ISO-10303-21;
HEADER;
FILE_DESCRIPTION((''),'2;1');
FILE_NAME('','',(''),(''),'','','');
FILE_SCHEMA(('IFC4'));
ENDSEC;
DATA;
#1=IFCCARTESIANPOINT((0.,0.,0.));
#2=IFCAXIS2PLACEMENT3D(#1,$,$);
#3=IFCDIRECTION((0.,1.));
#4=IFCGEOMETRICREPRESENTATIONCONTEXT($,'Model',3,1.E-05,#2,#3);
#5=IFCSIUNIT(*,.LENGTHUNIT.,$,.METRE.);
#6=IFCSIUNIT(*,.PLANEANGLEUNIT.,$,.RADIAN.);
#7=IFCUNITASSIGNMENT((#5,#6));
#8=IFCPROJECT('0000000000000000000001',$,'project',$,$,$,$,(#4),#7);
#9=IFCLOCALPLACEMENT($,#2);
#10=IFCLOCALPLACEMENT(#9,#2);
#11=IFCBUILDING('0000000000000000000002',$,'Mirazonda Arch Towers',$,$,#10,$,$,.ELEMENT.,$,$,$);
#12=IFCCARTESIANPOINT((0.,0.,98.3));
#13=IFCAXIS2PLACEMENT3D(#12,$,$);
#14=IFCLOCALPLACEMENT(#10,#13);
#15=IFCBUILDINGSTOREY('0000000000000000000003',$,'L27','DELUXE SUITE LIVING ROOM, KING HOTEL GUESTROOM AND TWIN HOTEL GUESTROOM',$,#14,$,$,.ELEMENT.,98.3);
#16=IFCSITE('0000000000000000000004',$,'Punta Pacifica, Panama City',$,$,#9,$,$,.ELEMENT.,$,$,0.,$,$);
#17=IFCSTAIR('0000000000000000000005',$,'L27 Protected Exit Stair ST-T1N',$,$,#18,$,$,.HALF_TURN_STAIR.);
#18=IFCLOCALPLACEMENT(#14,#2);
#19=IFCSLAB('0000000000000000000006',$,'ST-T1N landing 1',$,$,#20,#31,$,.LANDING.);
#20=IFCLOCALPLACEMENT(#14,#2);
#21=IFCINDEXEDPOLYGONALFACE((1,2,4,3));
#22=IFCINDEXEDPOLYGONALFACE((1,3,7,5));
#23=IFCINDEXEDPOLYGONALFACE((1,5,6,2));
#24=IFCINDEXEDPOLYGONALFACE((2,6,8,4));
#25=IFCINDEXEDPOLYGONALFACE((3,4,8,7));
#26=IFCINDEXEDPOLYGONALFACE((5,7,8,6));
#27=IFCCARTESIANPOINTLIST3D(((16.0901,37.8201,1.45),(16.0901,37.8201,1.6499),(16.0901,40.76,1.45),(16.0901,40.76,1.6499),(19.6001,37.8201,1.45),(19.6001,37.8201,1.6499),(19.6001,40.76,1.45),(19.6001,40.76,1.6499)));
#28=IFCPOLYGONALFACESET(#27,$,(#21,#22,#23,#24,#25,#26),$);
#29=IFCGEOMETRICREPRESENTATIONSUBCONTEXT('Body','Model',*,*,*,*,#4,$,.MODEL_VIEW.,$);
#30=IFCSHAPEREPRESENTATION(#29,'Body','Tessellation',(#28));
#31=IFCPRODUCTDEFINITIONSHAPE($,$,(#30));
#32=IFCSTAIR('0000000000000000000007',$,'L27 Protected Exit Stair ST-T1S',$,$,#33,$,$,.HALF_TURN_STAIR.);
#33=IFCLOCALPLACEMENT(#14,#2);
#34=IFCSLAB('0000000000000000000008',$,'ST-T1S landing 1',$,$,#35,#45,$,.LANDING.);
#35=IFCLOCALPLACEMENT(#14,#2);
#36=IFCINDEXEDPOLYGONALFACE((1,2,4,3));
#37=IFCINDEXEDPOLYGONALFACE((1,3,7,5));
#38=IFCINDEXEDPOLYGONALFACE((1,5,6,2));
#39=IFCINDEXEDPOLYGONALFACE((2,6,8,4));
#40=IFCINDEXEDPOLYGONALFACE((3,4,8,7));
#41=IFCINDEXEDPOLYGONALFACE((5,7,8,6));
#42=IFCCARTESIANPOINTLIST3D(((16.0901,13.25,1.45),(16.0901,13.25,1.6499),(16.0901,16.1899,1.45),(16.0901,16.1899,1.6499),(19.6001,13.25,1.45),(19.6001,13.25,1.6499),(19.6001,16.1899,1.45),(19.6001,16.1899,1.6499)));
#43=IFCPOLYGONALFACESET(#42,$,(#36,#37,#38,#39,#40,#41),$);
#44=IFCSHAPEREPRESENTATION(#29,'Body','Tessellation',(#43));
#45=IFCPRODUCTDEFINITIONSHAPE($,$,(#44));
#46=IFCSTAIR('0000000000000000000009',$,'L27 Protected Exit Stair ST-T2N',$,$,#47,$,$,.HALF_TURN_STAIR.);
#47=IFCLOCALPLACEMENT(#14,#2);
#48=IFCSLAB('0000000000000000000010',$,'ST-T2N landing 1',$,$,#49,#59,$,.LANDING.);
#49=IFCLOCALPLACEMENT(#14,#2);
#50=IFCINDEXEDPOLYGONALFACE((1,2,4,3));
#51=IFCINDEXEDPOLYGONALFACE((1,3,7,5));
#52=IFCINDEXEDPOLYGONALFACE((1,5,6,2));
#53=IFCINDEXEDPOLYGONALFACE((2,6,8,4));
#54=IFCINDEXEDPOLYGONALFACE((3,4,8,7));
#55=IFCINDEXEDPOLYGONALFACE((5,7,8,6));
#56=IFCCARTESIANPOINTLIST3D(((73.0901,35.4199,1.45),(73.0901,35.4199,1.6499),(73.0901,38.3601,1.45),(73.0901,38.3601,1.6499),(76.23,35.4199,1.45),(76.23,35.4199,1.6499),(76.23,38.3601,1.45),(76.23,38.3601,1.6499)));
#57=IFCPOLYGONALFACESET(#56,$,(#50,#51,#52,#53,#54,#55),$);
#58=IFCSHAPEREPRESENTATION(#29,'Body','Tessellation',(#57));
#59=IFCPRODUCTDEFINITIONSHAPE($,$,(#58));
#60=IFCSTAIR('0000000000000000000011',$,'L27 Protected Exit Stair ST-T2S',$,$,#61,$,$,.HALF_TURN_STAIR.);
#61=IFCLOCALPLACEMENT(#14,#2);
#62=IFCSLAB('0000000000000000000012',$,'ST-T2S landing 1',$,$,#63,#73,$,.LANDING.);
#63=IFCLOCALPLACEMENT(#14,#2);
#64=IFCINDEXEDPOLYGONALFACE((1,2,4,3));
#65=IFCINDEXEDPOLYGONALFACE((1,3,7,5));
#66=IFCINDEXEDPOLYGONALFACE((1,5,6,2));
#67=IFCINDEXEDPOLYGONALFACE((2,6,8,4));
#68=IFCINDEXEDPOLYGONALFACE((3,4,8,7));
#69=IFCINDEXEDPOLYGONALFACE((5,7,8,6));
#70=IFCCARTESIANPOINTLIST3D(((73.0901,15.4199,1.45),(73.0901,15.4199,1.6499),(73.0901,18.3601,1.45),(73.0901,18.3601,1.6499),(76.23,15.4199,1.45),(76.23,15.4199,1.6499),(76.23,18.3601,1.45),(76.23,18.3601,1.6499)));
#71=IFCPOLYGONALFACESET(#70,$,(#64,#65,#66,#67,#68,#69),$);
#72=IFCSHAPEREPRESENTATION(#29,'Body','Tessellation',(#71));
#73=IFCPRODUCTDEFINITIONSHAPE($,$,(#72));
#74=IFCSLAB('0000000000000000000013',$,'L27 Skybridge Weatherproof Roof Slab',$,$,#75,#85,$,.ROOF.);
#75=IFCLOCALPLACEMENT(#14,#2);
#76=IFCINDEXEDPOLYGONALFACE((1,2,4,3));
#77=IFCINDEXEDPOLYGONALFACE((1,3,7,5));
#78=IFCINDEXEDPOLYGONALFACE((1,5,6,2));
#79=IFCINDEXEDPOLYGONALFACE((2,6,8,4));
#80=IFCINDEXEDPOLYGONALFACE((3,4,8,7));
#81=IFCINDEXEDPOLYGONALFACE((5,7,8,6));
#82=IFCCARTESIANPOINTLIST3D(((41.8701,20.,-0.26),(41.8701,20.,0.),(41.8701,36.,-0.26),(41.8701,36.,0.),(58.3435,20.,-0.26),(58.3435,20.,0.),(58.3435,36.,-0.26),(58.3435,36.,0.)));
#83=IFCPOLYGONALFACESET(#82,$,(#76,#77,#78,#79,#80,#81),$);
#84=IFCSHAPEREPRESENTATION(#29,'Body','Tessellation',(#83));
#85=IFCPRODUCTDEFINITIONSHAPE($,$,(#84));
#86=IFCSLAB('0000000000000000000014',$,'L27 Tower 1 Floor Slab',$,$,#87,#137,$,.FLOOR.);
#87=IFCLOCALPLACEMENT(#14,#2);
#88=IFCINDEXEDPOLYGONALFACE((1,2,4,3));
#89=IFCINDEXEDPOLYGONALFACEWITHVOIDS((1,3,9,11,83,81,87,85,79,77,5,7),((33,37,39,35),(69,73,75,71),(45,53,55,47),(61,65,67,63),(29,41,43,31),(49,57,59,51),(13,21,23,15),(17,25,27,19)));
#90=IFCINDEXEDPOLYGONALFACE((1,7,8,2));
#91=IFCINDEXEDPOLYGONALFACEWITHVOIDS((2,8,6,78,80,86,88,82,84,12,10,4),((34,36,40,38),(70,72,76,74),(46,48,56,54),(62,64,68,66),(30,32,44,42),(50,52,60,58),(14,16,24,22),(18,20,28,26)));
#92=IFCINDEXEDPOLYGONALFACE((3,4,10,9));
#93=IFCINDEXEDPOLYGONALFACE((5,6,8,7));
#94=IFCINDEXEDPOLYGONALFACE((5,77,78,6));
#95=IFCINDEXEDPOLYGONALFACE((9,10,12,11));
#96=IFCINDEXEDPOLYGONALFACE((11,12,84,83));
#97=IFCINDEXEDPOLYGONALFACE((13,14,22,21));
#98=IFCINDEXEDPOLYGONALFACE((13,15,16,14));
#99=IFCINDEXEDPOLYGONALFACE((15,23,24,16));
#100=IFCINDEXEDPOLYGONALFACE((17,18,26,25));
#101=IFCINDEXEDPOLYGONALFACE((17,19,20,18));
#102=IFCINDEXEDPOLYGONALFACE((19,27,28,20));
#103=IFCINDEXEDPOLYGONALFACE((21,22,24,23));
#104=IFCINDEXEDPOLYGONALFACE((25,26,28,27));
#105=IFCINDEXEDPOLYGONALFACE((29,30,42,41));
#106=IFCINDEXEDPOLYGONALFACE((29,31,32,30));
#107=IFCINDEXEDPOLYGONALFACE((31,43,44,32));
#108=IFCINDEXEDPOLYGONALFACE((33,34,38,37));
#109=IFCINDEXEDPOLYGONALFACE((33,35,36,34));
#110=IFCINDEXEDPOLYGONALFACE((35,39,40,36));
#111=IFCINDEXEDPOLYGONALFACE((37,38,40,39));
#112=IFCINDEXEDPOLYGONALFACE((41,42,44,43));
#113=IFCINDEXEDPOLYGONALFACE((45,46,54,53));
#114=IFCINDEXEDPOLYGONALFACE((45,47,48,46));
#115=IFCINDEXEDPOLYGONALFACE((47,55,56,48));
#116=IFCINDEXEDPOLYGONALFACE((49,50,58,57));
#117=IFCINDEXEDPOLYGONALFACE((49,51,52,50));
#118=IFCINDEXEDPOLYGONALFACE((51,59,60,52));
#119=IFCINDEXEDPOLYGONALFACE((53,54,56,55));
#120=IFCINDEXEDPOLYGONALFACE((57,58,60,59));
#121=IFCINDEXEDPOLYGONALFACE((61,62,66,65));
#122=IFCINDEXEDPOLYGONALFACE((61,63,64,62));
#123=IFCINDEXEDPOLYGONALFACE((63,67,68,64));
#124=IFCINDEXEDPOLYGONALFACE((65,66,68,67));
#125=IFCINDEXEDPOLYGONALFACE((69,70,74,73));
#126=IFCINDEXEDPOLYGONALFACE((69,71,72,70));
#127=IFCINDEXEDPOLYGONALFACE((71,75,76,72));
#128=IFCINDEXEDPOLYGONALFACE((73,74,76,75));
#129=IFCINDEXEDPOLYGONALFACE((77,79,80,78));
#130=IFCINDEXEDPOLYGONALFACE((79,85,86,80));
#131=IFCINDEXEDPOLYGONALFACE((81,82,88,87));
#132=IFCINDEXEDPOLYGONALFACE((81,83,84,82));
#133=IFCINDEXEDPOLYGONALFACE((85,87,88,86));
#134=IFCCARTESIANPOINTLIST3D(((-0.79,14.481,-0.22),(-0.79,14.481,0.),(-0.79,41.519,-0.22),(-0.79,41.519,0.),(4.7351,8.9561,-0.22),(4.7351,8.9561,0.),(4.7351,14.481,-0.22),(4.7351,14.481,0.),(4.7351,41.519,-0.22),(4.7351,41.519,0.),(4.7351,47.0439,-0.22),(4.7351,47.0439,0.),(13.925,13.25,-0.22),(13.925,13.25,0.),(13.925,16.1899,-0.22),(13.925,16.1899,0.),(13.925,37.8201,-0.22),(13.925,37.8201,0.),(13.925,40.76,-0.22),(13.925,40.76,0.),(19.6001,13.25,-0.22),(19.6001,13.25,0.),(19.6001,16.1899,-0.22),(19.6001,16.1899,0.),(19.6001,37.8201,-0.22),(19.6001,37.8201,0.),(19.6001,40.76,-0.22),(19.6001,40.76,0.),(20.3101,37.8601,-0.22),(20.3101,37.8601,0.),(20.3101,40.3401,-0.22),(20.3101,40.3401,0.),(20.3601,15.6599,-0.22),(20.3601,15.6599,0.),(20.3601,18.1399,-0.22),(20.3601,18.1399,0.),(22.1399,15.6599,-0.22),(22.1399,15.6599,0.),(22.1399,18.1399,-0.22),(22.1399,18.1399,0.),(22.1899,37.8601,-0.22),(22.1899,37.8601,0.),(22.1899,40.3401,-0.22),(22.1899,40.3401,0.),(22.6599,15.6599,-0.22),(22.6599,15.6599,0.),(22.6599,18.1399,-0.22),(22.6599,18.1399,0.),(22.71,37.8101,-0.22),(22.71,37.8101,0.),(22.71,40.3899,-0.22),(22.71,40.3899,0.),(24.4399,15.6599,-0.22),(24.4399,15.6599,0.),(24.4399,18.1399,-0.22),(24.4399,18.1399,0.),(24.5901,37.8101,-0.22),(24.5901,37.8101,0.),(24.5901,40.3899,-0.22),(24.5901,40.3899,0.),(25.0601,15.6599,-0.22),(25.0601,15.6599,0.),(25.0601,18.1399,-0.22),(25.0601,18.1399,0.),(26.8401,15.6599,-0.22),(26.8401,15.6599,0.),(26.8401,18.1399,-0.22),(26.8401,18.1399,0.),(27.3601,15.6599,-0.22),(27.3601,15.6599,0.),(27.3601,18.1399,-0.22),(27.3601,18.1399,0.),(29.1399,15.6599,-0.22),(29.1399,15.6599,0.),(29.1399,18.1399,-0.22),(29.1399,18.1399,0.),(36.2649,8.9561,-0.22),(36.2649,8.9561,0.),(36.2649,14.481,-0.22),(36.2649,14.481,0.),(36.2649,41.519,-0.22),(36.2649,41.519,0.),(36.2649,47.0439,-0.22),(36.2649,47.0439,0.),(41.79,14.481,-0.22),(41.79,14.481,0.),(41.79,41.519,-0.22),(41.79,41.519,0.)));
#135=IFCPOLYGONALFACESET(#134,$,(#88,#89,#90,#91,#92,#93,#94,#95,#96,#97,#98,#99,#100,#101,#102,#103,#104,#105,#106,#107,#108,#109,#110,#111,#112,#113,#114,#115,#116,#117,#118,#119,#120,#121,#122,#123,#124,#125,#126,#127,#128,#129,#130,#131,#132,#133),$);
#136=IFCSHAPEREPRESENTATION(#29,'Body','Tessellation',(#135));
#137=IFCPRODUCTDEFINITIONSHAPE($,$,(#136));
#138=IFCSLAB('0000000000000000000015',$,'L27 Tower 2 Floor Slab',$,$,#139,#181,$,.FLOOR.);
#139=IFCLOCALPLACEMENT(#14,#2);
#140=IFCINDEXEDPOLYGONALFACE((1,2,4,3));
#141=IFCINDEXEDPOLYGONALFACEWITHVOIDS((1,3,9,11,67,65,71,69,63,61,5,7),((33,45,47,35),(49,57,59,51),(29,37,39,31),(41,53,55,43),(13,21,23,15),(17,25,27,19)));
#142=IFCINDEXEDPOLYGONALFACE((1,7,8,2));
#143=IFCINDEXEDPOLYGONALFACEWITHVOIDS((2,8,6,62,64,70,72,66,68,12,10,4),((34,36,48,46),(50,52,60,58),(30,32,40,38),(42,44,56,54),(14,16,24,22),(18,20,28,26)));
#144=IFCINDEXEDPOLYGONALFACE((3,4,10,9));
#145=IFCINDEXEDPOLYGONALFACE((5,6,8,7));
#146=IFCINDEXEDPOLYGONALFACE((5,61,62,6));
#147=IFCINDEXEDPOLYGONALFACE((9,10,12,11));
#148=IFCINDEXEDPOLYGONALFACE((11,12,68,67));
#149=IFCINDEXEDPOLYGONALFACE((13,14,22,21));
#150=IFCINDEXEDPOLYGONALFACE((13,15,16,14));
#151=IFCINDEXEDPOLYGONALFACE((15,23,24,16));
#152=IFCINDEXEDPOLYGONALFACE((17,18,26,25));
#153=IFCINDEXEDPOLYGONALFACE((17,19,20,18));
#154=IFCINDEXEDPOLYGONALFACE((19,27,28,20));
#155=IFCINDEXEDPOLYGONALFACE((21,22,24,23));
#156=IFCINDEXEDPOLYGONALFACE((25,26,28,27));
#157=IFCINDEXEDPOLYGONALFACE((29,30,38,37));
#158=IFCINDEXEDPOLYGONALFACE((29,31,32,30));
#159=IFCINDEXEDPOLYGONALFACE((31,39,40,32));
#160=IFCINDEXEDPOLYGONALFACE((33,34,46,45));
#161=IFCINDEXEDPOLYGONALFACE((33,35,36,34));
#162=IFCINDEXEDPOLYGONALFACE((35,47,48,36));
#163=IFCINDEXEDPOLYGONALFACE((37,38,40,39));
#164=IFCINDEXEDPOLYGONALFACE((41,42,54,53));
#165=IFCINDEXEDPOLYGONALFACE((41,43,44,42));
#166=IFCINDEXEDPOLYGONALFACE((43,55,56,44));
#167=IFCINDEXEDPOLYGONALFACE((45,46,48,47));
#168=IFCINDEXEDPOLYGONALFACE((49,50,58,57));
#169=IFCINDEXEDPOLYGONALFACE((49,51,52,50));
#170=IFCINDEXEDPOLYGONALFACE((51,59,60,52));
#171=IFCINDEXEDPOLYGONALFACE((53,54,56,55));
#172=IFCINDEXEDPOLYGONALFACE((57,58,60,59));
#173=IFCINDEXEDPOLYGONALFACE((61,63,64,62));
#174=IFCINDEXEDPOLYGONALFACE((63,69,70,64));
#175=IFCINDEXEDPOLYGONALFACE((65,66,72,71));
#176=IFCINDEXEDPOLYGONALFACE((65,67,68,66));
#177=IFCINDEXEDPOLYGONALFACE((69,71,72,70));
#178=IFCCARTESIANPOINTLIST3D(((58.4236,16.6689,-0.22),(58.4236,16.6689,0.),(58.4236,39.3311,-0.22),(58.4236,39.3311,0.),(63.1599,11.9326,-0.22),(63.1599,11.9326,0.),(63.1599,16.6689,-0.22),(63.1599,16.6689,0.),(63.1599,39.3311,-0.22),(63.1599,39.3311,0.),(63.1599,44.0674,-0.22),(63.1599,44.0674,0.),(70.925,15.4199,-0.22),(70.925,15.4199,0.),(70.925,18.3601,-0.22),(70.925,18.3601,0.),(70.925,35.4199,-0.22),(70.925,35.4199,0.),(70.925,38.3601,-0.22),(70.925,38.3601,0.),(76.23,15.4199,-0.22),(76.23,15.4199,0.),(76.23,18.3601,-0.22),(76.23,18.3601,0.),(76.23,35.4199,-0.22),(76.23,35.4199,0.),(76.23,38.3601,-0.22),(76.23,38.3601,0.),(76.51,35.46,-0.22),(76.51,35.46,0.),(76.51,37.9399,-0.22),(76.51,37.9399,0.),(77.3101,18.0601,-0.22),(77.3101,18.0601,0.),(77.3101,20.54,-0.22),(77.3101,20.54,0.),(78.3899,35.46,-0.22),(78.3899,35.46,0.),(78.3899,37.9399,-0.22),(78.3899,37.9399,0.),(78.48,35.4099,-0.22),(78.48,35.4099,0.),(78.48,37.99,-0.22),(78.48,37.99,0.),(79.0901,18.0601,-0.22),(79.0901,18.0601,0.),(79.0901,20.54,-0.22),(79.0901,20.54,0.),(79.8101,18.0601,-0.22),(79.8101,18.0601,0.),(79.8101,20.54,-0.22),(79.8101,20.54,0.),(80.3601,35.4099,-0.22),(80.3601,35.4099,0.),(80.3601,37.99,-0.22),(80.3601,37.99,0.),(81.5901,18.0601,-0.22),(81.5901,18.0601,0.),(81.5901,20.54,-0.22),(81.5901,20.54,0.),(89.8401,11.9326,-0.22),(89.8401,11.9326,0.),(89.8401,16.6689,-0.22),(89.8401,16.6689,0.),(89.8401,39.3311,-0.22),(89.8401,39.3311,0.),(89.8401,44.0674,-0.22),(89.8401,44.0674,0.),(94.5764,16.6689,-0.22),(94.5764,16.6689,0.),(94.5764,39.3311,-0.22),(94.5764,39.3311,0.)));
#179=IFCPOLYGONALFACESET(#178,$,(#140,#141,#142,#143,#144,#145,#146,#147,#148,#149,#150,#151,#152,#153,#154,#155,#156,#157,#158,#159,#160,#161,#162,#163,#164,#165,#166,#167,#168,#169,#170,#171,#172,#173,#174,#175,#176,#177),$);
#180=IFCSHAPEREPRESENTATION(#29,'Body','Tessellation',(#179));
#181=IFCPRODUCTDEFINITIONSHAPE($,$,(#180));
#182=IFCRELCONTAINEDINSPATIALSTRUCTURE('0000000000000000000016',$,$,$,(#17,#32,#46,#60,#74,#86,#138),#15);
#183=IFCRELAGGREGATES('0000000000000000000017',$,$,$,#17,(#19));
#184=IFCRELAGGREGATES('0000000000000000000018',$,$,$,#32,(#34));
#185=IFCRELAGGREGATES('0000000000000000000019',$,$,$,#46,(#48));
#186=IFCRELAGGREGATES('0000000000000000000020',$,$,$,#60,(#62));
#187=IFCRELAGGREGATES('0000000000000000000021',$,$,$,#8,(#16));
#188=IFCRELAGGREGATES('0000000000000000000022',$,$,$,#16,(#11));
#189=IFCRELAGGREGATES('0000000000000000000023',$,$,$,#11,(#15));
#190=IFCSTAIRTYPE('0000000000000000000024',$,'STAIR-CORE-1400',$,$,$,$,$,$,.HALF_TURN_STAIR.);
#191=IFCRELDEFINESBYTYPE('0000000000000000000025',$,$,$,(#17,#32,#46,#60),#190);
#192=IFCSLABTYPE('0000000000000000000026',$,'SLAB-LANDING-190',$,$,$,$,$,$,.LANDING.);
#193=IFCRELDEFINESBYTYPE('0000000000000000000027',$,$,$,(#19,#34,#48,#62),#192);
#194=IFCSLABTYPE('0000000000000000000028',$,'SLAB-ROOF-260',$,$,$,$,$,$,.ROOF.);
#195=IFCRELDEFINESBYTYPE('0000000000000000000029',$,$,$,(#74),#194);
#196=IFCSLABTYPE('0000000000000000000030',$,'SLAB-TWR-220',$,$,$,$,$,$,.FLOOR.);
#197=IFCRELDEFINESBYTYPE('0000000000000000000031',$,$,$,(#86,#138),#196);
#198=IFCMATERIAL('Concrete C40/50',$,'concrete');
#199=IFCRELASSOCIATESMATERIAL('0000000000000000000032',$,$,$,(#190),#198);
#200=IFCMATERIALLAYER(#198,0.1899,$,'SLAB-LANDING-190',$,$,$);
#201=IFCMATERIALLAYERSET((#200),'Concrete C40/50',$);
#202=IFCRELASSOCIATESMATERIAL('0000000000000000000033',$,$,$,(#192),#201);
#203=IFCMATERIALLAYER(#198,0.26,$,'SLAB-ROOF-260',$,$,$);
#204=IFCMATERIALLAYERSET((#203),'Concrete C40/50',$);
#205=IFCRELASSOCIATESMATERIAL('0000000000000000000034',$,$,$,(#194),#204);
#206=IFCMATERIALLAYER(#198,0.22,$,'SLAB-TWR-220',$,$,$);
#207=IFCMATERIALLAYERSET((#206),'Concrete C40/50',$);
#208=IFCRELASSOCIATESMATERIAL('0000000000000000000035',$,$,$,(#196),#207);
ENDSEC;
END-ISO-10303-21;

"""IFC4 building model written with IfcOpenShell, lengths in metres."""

from ifc_helpers import new_model, si_unit, direction, frame, origin, place, context, subcontext, project, spatial, polyline, outline, extrude, material, layer, layer_set, type_object, element, aggregate, save


model = new_model("IFC4")

# Units and contexts
model_context = context("Model", 3, precision=1e-05, world=origin(), true_north=direction((0.0, 1.0)))
body_context = subcontext(model_context, "Body", "Model", "MODEL_VIEW")
ifc_project = project(units=[si_unit("LENGTHUNIT", "METRE"), si_unit("PLANEANGLEUNIT", "RADIAN")], contexts=[model_context])

# Site, building, storey
site_placement = place(None, origin())
site = spatial("IfcSite", under=ifc_project, at=site_placement, Name="Punta Pacifica, Panama City", CompositionType="ELEMENT", RefElevation=0.0)
building_placement = place(site_placement, origin())
building = spatial("IfcBuilding", under=site, at=building_placement, Name="Mirazonda Arch Towers", CompositionType="ELEMENT")
storey_placement = place(building_placement, frame((0.0, 0.0, 98.3)))
storey = spatial("IfcBuildingStorey", under=building, at=storey_placement, Name="L27", Description="DELUXE SUITE LIVING ROOM, KING HOTEL GUESTROOM AND TWIN HOTEL GUESTROOM", CompositionType="ELEMENT", Elevation=98.3)

# Stairs, slabs
ifc_material_1 = material(Name="Concrete C40/50", Category="concrete")
stair_type = type_object("IfcStairType", Name="STAIR-CORE-1400", PredefinedType="HALF_TURN_STAIR", material=ifc_material_1)
stair_1_placement = place(storey_placement, origin())
stair_1 = element("IfcStair", 1, at=stair_1_placement, inside=storey, type_object=stair_type, Name="L27 Protected Exit Stair ST-T1N", PredefinedType="HALF_TURN_STAIR")
ifc_layer_1 = layer(ifc_material_1, 0.1899, Name="SLAB-LANDING-190")
ifc_layer_set_1 = layer_set([ifc_layer_1], Name="Concrete C40/50")
slab_type_1 = type_object("IfcSlabType", Name="SLAB-LANDING-190", PredefinedType="LANDING", material=ifc_layer_set_1)
slab_1_placement = place(storey_placement, frame((0.0, 0.0, 1.45)))
slab_1 = element("IfcSlab", 2, at=slab_1_placement, type_object=slab_type_1, Name="ST-T1N landing 1", PredefinedType="LANDING", context=body_context, shape_type="SweptSolid", body=[
    extrude(outline(polyline([(16.0901, 37.8201), (19.6001, 37.8201), (19.6001, 40.76), (16.0901, 40.76), (16.0901, 37.8201)])), origin(), (0.0, 0.0, 1.0), 0.2),
])
aggregate(stair_1, [slab_1])
stair_2_placement = place(storey_placement, origin())
stair_2 = element("IfcStair", 3, at=stair_2_placement, inside=storey, type_object=stair_type, Name="L27 Protected Exit Stair ST-T1S", PredefinedType="HALF_TURN_STAIR")
slab_2_placement = place(storey_placement, frame((0.0, 0.0, 1.45)))
slab_2 = element("IfcSlab", 4, at=slab_2_placement, type_object=slab_type_1, Name="ST-T1S landing 1", PredefinedType="LANDING", context=body_context, shape_type="SweptSolid", body=[
    extrude(outline(polyline([(16.0901, 13.25), (19.6001, 13.25), (19.6001, 16.1899), (16.0901, 16.1899), (16.0901, 13.25)])), origin(), (0.0, 0.0, 1.0), 0.2),
])
aggregate(stair_2, [slab_2])
stair_3_placement = place(storey_placement, origin())
stair_3 = element("IfcStair", 5, at=stair_3_placement, inside=storey, type_object=stair_type, Name="L27 Protected Exit Stair ST-T2N", PredefinedType="HALF_TURN_STAIR")
slab_3_placement = place(storey_placement, frame((0.0, 0.0, 1.45)))
slab_3 = element("IfcSlab", 6, at=slab_3_placement, type_object=slab_type_1, Name="ST-T2N landing 1", PredefinedType="LANDING", context=body_context, shape_type="SweptSolid", body=[
    extrude(outline(polyline([(73.0901, 35.4199), (76.23, 35.4199), (76.23, 38.3601), (73.0901, 38.3601), (73.0901, 35.4199)])), origin(), (0.0, 0.0, 1.0), 0.2),
])
aggregate(stair_3, [slab_3])
stair_4_placement = place(storey_placement, origin())
stair_4 = element("IfcStair", 7, at=stair_4_placement, inside=storey, type_object=stair_type, Name="L27 Protected Exit Stair ST-T2S", PredefinedType="HALF_TURN_STAIR")
slab_4_placement = place(storey_placement, frame((0.0, 0.0, 1.45)))
slab_4 = element("IfcSlab", 8, at=slab_4_placement, type_object=slab_type_1, Name="ST-T2S landing 1", PredefinedType="LANDING", context=body_context, shape_type="SweptSolid", body=[
    extrude(outline(polyline([(73.0901, 15.4199), (76.23, 15.4199), (76.23, 18.3601), (73.0901, 18.3601), (73.0901, 15.4199)])), origin(), (0.0, 0.0, 1.0), 0.2),
])
aggregate(stair_4, [slab_4])

# Slabs
ifc_layer_2 = layer(ifc_material_1, 0.26, Name="SLAB-ROOF-260")
ifc_layer_set_2 = layer_set([ifc_layer_2], Name="Concrete C40/50")
slab_type_2 = type_object("IfcSlabType", Name="SLAB-ROOF-260", PredefinedType="ROOF", material=ifc_layer_set_2)
slab_5_placement = place(storey_placement, frame((0.0, 0.0, -0.26)))
element("IfcSlab", 9, at=slab_5_placement, inside=storey, type_object=slab_type_2, Name="L27 Skybridge Weatherproof Roof Slab", PredefinedType="ROOF", context=body_context, shape_type="SweptSolid", body=[
    extrude(outline(polyline([(58.3435, 20.0), (58.3435, 36.0), (41.8701, 36.0), (41.8701, 20.0), (58.3435, 20.0)])), origin(), (0.0, 0.0, 1.0), 0.26),
])
ifc_layer_3 = layer(ifc_material_1, 0.22, Name="SLAB-TWR-220")
ifc_layer_set_3 = layer_set([ifc_layer_3], Name="Concrete C40/50")
slab_type_3 = type_object("IfcSlabType", Name="SLAB-TWR-220", PredefinedType="FLOOR", material=ifc_layer_set_3)
slab_6_placement = place(storey_placement, frame((0.0, 0.0, -0.22)))
element("IfcSlab", 10, at=slab_6_placement, inside=storey, type_object=slab_type_3, Name="L27 Tower 1 Floor Slab", PredefinedType="FLOOR", context=body_context, shape_type="SweptSolid", body=[
    extrude(outline(polyline([(4.7351, 8.9561), (36.2649, 8.9561), (36.2649, 14.481), (41.79, 14.481), (41.79, 41.519), (36.2649, 41.519), (36.2649, 47.0439), (4.7351, 47.0439), (4.7351, 41.519), (-0.79, 41.519), (-0.79, 14.481), (4.7351, 14.481), (4.7351, 8.9561)]), holes=[polyline([(27.3601, 18.1399), (29.1399, 18.1399), (29.1399, 15.6599), (27.3601, 15.6599), (27.3601, 18.1399)]), polyline([(25.0601, 18.1399), (26.8401, 18.1399), (26.8401, 15.6599), (25.0601, 15.6599), (25.0601, 18.1399)]), polyline([(22.71, 40.3899), (24.5901, 40.3899), (24.5901, 37.8101), (22.71, 37.8101), (22.71, 40.3899)]), polyline([(22.6599, 18.1399), (24.4399, 18.1399), (24.4399, 15.6599), (22.6599, 15.6599), (22.6599, 18.1399)]), polyline([(20.3101, 40.3401), (22.1899, 40.3401), (22.1899, 37.8601), (20.3101, 37.8601), (20.3101, 40.3401)]), polyline([(20.3601, 18.1399), (22.1399, 18.1399), (22.1399, 15.6599), (20.3601, 15.6599), (20.3601, 18.1399)]), polyline([(13.925, 13.25), (13.925, 16.1899), (19.6001, 16.1899), (19.6001, 13.25), (13.925, 13.25)]), polyline([(13.925, 37.8201), (13.925, 40.76), (19.6001, 40.76), (19.6001, 37.8201), (13.925, 37.8201)])]), origin(), (0.0, 0.0, 1.0), 0.22),
])
slab_7_placement = place(storey_placement, frame((0.0, 0.0, -0.22)))
element("IfcSlab", 11, at=slab_7_placement, inside=storey, type_object=slab_type_3, Name="L27 Tower 2 Floor Slab", PredefinedType="FLOOR", context=body_context, shape_type="SweptSolid", body=[
    extrude(outline(polyline([(63.1599, 11.9326), (89.8401, 11.9326), (89.8401, 16.6689), (94.5764, 16.6689), (94.5764, 39.3311), (89.8401, 39.3311), (89.8401, 44.0674), (63.1599, 44.0674), (63.1599, 39.3311), (58.4236, 39.3311), (58.4236, 16.6689), (63.1599, 16.6689), (63.1599, 11.9326)]), holes=[polyline([(79.8101, 20.54), (81.5901, 20.54), (81.5901, 18.0601), (79.8101, 18.0601), (79.8101, 20.54)]), polyline([(78.48, 37.99), (80.3601, 37.99), (80.3601, 35.4099), (78.48, 35.4099), (78.48, 37.99)]), polyline([(77.3101, 20.54), (79.0901, 20.54), (79.0901, 18.0601), (77.3101, 18.0601), (77.3101, 20.54)]), polyline([(76.51, 35.46), (76.51, 37.9399), (78.3899, 37.9399), (78.3899, 35.46), (76.51, 35.46)]), polyline([(76.23, 15.4199), (70.925, 15.4199), (70.925, 18.3601), (76.23, 18.3601), (76.23, 15.4199)]), polyline([(70.925, 35.4199), (70.925, 38.3601), (76.23, 38.3601), (76.23, 35.4199), (70.925, 35.4199)])]), origin(), (0.0, 0.0, 1.0), 0.22),
])

save(model, "model.ifc")
